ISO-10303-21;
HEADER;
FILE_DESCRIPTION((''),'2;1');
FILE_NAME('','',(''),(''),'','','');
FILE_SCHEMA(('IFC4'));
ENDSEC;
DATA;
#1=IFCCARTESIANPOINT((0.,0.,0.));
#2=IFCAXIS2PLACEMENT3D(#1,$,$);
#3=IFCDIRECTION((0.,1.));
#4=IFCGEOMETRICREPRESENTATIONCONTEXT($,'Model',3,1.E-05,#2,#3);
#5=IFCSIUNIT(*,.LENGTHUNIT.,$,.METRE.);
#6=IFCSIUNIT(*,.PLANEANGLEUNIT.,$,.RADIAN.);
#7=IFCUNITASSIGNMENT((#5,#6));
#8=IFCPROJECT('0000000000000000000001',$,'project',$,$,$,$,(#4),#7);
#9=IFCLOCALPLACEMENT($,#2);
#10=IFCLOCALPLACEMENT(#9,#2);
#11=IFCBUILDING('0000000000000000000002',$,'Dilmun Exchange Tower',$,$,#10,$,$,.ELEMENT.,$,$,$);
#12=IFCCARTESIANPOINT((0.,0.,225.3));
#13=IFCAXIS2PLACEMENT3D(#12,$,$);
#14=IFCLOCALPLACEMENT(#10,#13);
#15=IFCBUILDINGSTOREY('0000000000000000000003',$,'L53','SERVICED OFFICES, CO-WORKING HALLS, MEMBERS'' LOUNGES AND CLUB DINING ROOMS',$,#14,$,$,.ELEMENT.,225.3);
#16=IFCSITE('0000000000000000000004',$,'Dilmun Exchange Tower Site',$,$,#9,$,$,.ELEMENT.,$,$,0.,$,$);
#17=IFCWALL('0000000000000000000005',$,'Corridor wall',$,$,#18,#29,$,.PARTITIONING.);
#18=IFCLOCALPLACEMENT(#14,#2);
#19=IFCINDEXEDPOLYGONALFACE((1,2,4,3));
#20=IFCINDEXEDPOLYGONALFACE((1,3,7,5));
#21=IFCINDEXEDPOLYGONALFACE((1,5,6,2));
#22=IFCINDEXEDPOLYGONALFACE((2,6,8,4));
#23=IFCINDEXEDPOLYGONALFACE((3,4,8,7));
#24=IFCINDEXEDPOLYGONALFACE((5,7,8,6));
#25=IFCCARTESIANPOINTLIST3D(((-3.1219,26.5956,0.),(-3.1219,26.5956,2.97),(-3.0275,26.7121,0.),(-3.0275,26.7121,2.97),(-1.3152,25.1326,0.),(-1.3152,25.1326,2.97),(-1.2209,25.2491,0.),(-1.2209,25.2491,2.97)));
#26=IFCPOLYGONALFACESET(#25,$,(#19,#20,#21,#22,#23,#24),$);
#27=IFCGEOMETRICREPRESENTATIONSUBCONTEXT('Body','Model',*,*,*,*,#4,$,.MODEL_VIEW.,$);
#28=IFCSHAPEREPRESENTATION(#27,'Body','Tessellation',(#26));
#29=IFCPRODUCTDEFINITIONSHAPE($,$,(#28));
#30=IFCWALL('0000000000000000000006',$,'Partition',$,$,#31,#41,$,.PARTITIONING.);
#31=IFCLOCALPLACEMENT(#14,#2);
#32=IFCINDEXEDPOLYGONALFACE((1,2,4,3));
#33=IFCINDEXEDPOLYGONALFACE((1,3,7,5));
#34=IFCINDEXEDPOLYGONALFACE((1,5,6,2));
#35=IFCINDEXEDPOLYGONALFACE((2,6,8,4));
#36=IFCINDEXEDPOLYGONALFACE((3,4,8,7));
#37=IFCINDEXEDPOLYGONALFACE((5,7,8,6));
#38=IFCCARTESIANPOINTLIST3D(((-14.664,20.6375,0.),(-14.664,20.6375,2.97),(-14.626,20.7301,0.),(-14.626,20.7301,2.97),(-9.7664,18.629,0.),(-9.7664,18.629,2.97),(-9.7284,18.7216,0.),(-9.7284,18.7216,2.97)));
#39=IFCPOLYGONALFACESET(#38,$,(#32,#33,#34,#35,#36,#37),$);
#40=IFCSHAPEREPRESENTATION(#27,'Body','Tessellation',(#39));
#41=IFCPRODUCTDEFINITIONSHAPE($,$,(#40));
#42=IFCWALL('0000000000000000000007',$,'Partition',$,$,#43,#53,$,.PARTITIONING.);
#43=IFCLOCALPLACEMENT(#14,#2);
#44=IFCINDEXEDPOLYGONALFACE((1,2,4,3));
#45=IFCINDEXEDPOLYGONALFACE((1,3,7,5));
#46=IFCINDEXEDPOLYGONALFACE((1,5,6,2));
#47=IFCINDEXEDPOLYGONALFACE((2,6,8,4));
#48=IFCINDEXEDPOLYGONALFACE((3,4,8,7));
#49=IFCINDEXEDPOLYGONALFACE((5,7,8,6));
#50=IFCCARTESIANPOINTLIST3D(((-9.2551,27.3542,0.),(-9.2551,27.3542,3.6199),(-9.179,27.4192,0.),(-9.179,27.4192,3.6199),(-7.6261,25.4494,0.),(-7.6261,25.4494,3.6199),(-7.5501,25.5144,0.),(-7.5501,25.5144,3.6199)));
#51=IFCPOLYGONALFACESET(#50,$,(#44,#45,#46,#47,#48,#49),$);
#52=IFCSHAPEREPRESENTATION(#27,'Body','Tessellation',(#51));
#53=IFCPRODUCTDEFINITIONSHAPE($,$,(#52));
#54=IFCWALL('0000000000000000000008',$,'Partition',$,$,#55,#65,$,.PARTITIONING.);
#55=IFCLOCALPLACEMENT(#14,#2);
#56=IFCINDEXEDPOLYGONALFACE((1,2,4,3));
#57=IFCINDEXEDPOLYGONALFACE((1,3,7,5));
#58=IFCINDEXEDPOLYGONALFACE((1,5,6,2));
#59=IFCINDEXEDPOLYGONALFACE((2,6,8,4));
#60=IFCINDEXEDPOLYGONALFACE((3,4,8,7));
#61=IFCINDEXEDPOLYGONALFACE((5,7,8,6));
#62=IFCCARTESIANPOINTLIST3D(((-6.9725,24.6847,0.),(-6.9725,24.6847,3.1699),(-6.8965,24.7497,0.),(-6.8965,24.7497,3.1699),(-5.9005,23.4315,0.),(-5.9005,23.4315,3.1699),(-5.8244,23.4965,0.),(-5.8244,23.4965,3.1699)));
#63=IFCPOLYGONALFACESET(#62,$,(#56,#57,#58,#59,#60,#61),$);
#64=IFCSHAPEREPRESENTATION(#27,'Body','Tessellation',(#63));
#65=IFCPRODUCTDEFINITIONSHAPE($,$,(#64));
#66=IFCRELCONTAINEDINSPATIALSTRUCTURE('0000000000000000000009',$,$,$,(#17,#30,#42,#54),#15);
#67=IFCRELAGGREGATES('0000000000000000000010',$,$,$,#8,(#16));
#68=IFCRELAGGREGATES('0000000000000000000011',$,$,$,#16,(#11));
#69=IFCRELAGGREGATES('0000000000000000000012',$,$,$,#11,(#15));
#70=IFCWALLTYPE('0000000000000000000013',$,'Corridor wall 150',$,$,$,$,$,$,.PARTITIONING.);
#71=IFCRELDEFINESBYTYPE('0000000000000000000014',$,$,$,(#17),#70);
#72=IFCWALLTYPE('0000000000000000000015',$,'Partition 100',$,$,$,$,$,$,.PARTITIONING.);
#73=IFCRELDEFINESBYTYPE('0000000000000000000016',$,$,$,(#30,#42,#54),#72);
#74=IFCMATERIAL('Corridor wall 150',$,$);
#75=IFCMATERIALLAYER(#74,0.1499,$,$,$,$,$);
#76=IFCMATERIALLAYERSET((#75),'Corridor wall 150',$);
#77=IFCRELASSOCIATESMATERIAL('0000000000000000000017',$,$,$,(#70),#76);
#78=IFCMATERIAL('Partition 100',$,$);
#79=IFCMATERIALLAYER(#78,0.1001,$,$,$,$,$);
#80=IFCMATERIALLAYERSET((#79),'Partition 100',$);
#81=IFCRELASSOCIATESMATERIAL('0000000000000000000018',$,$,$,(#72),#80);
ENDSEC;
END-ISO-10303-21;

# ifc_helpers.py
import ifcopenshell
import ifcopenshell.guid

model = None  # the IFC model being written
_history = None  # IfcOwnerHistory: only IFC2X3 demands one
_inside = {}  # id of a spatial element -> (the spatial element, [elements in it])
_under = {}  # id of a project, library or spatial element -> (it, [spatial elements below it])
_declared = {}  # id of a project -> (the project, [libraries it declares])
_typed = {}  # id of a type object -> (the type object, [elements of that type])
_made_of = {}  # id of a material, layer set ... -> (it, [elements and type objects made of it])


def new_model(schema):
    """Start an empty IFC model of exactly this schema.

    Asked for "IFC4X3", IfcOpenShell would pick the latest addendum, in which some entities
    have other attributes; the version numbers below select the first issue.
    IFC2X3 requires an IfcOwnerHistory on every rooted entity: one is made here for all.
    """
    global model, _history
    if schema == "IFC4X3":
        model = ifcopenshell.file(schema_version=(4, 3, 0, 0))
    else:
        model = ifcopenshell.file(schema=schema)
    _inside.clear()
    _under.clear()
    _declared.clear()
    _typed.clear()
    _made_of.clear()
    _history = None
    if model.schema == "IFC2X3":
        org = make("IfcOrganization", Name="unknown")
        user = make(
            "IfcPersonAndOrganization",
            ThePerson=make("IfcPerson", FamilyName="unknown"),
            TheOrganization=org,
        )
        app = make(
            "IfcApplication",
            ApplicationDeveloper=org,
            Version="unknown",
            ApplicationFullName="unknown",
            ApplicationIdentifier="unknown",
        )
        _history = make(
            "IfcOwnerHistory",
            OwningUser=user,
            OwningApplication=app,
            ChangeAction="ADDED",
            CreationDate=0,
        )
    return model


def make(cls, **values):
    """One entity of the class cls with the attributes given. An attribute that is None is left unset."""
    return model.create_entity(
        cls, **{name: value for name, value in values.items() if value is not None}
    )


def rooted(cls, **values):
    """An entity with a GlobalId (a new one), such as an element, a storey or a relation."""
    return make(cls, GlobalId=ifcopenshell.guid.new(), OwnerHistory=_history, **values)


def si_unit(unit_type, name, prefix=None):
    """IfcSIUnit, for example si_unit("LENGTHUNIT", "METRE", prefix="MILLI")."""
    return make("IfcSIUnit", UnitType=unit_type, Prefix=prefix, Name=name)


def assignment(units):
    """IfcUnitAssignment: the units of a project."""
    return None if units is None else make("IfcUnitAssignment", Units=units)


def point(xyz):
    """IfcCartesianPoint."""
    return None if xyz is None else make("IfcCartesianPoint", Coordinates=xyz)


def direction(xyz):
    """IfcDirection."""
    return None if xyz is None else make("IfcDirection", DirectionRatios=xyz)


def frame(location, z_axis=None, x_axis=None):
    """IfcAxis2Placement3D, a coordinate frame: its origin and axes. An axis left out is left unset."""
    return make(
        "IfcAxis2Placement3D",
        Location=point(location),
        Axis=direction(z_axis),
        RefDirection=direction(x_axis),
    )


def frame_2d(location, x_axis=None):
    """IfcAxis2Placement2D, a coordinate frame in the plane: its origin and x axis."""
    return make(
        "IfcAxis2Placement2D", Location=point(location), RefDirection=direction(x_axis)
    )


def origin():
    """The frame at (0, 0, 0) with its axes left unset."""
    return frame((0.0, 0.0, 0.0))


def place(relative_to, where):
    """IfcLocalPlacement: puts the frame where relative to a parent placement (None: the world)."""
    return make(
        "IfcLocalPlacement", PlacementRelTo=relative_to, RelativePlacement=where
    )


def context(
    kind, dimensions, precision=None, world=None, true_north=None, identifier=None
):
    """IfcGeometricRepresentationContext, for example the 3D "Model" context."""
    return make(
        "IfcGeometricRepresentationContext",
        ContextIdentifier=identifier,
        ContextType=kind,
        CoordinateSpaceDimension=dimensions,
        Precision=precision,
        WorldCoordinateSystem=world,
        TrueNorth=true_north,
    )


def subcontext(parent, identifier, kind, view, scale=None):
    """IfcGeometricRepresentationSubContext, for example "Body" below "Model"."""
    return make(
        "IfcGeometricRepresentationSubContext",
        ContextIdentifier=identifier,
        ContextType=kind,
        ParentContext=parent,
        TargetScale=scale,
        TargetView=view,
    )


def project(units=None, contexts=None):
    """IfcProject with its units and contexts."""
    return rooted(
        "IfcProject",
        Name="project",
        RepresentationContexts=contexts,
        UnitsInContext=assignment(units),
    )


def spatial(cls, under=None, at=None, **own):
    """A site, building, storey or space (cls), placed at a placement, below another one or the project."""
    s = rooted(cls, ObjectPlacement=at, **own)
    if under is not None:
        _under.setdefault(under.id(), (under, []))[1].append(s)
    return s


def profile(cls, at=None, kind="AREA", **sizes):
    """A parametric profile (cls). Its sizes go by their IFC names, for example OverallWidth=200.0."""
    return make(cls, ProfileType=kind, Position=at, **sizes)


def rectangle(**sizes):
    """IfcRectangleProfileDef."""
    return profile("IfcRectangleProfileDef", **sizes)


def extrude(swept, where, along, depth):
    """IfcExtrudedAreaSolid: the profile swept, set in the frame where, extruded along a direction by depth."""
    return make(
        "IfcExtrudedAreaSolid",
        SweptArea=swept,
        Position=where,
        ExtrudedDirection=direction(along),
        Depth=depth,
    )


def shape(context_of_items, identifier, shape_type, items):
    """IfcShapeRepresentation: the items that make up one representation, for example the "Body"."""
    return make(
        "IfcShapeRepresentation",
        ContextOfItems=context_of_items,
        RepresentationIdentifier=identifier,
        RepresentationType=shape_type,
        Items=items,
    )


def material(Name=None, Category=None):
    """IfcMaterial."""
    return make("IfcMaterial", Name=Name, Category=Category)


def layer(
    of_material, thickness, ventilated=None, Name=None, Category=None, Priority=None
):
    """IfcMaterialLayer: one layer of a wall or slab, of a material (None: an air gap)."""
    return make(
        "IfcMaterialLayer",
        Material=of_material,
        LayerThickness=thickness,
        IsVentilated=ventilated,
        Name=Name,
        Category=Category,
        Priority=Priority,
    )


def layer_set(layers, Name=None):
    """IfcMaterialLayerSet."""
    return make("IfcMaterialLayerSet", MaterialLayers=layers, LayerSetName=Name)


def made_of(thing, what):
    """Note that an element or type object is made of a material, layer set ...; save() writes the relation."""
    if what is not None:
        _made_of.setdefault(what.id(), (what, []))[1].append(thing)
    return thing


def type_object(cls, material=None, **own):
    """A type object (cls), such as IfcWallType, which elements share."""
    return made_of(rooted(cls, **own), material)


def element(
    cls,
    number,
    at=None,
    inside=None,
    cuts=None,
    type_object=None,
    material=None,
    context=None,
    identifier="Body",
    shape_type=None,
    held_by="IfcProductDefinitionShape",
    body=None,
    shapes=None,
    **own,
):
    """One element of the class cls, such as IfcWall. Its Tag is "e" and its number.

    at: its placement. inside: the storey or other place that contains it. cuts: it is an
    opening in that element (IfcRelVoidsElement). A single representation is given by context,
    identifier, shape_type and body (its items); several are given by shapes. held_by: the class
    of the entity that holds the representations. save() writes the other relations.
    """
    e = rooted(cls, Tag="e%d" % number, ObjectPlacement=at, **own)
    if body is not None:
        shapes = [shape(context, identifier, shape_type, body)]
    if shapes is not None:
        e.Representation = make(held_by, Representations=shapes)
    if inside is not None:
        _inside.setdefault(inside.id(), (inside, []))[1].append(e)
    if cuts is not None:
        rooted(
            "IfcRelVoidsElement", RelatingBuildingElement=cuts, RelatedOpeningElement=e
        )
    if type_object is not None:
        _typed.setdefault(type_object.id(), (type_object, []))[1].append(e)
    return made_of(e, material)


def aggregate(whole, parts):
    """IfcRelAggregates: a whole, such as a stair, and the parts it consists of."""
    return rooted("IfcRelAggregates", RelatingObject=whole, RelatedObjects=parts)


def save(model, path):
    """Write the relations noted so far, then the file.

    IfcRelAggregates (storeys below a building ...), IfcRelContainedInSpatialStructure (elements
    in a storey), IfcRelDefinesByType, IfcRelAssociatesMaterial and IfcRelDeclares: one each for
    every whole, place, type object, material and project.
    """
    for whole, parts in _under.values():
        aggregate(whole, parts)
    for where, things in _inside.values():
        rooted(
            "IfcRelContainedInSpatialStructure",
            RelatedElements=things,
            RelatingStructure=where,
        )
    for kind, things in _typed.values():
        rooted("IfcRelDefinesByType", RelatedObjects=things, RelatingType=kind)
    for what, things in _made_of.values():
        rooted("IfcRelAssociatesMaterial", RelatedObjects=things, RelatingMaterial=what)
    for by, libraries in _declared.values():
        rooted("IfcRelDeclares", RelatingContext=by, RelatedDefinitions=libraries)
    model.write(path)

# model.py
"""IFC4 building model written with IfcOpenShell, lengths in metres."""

from ifc_helpers import new_model, si_unit, direction, frame, frame_2d, origin, place, context, subcontext, project, spatial, rectangle, extrude, material, layer, layer_set, type_object, element, save


model = new_model("IFC4")

# Units and contexts
model_context = context("Model", 3, precision=1e-05, world=origin(), true_north=direction((0.0, 1.0)))
body_context = subcontext(model_context, "Body", "Model", "MODEL_VIEW")
ifc_project = project(units=[si_unit("LENGTHUNIT", "METRE"), si_unit("PLANEANGLEUNIT", "RADIAN")], contexts=[model_context])

# Site, building, storey
site_placement = place(None, origin())
site = spatial("IfcSite", under=ifc_project, at=site_placement, Name="Dilmun Exchange Tower Site", CompositionType="ELEMENT", RefElevation=0.0)
building_placement = place(site_placement, origin())
building = spatial("IfcBuilding", under=site, at=building_placement, Name="Dilmun Exchange Tower", CompositionType="ELEMENT")
storey_placement = place(building_placement, frame((0.0, 0.0, 225.3)))
storey = spatial("IfcBuildingStorey", under=building, at=storey_placement, Name="L53", Description="SERVICED OFFICES, CO-WORKING HALLS, MEMBERS' LOUNGES AND CLUB DINING ROOMS", CompositionType="ELEMENT", Elevation=225.3)

# Shared definitions
ifc_material_1 = material(Name="Corridor wall 150")
ifc_layer_1 = layer(ifc_material_1, 0.1499)
ifc_layer_set_1 = layer_set([ifc_layer_1], Name="Corridor wall 150")
wall_type_1 = type_object("IfcWallType", Name="Corridor wall 150", PredefinedType="PARTITIONING", material=ifc_layer_set_1)

# Walls
wall_1_placement = place(storey_placement, frame((-3.0747, 26.6538, 0.0), z_axis=(0.0, 0.0, 1.0), x_axis=(0.777167, -0.629295, 0.0)))
element("IfcWall", 1, at=wall_1_placement, inside=storey, type_object=wall_type_1, Name="Corridor wall", PredefinedType="PARTITIONING", context=body_context, shape_type="SweptSolid", body=[
    extrude(rectangle(XDim=2.3247, YDim=0.1499, at=frame_2d((1.1624, 0.0))), origin(), (0.0, 0.0, 1.0), 2.97),
])
ifc_material_2 = material(Name="Partition 100")
ifc_layer_2 = layer(ifc_material_2, 0.1001)
ifc_layer_set_2 = layer_set([ifc_layer_2], Name="Partition 100")
wall_type_2 = type_object("IfcWallType", Name="Partition 100", PredefinedType="PARTITIONING", material=ifc_layer_set_2)
wall_2_placement = place(storey_placement, frame((-14.645, 20.6838, 0.0), z_axis=(0.0, 0.0, 1.0), x_axis=(0.92522, -0.379432, 0.0)))
element("IfcWall", 2, at=wall_2_placement, inside=storey, type_object=wall_type_2, Name="Partition", PredefinedType="PARTITIONING", context=body_context, shape_type="SweptSolid", body=[
    extrude(rectangle(XDim=5.2935, YDim=0.1001, at=frame_2d((2.6467, 0.0))), origin(), (0.0, 0.0, 1.0), 2.97),
])
wall_3_placement = place(storey_placement, frame((-9.217, 27.3867, 0.0), z_axis=(0.0, 0.0, 1.0), x_axis=(0.649925, -0.759999, 0.0)))
element("IfcWall", 3, at=wall_3_placement, inside=storey, type_object=wall_type_2, Name="Partition", PredefinedType="PARTITIONING", context=body_context, shape_type="SweptSolid", body=[
    extrude(rectangle(XDim=2.5063, YDim=0.1001, at=frame_2d((1.2532, 0.0))), origin(), (0.0, 0.0, 1.0), 3.6199),
])
wall_4_placement = place(storey_placement, frame((-6.9346, 24.7173, 0.0), z_axis=(0.0, 0.0, 1.0), x_axis=(0.650047, -0.759894, 0.0)))
element("IfcWall", 4, at=wall_4_placement, inside=storey, type_object=wall_type_2, Name="Partition", PredefinedType="PARTITIONING", context=body_context, shape_type="SweptSolid", body=[
    extrude(rectangle(XDim=1.6492, YDim=0.1001, at=frame_2d((0.8247, 0.0))), origin(), (0.0, 0.0, 1.0), 3.1699),
])

save(model, "model.ifc")
